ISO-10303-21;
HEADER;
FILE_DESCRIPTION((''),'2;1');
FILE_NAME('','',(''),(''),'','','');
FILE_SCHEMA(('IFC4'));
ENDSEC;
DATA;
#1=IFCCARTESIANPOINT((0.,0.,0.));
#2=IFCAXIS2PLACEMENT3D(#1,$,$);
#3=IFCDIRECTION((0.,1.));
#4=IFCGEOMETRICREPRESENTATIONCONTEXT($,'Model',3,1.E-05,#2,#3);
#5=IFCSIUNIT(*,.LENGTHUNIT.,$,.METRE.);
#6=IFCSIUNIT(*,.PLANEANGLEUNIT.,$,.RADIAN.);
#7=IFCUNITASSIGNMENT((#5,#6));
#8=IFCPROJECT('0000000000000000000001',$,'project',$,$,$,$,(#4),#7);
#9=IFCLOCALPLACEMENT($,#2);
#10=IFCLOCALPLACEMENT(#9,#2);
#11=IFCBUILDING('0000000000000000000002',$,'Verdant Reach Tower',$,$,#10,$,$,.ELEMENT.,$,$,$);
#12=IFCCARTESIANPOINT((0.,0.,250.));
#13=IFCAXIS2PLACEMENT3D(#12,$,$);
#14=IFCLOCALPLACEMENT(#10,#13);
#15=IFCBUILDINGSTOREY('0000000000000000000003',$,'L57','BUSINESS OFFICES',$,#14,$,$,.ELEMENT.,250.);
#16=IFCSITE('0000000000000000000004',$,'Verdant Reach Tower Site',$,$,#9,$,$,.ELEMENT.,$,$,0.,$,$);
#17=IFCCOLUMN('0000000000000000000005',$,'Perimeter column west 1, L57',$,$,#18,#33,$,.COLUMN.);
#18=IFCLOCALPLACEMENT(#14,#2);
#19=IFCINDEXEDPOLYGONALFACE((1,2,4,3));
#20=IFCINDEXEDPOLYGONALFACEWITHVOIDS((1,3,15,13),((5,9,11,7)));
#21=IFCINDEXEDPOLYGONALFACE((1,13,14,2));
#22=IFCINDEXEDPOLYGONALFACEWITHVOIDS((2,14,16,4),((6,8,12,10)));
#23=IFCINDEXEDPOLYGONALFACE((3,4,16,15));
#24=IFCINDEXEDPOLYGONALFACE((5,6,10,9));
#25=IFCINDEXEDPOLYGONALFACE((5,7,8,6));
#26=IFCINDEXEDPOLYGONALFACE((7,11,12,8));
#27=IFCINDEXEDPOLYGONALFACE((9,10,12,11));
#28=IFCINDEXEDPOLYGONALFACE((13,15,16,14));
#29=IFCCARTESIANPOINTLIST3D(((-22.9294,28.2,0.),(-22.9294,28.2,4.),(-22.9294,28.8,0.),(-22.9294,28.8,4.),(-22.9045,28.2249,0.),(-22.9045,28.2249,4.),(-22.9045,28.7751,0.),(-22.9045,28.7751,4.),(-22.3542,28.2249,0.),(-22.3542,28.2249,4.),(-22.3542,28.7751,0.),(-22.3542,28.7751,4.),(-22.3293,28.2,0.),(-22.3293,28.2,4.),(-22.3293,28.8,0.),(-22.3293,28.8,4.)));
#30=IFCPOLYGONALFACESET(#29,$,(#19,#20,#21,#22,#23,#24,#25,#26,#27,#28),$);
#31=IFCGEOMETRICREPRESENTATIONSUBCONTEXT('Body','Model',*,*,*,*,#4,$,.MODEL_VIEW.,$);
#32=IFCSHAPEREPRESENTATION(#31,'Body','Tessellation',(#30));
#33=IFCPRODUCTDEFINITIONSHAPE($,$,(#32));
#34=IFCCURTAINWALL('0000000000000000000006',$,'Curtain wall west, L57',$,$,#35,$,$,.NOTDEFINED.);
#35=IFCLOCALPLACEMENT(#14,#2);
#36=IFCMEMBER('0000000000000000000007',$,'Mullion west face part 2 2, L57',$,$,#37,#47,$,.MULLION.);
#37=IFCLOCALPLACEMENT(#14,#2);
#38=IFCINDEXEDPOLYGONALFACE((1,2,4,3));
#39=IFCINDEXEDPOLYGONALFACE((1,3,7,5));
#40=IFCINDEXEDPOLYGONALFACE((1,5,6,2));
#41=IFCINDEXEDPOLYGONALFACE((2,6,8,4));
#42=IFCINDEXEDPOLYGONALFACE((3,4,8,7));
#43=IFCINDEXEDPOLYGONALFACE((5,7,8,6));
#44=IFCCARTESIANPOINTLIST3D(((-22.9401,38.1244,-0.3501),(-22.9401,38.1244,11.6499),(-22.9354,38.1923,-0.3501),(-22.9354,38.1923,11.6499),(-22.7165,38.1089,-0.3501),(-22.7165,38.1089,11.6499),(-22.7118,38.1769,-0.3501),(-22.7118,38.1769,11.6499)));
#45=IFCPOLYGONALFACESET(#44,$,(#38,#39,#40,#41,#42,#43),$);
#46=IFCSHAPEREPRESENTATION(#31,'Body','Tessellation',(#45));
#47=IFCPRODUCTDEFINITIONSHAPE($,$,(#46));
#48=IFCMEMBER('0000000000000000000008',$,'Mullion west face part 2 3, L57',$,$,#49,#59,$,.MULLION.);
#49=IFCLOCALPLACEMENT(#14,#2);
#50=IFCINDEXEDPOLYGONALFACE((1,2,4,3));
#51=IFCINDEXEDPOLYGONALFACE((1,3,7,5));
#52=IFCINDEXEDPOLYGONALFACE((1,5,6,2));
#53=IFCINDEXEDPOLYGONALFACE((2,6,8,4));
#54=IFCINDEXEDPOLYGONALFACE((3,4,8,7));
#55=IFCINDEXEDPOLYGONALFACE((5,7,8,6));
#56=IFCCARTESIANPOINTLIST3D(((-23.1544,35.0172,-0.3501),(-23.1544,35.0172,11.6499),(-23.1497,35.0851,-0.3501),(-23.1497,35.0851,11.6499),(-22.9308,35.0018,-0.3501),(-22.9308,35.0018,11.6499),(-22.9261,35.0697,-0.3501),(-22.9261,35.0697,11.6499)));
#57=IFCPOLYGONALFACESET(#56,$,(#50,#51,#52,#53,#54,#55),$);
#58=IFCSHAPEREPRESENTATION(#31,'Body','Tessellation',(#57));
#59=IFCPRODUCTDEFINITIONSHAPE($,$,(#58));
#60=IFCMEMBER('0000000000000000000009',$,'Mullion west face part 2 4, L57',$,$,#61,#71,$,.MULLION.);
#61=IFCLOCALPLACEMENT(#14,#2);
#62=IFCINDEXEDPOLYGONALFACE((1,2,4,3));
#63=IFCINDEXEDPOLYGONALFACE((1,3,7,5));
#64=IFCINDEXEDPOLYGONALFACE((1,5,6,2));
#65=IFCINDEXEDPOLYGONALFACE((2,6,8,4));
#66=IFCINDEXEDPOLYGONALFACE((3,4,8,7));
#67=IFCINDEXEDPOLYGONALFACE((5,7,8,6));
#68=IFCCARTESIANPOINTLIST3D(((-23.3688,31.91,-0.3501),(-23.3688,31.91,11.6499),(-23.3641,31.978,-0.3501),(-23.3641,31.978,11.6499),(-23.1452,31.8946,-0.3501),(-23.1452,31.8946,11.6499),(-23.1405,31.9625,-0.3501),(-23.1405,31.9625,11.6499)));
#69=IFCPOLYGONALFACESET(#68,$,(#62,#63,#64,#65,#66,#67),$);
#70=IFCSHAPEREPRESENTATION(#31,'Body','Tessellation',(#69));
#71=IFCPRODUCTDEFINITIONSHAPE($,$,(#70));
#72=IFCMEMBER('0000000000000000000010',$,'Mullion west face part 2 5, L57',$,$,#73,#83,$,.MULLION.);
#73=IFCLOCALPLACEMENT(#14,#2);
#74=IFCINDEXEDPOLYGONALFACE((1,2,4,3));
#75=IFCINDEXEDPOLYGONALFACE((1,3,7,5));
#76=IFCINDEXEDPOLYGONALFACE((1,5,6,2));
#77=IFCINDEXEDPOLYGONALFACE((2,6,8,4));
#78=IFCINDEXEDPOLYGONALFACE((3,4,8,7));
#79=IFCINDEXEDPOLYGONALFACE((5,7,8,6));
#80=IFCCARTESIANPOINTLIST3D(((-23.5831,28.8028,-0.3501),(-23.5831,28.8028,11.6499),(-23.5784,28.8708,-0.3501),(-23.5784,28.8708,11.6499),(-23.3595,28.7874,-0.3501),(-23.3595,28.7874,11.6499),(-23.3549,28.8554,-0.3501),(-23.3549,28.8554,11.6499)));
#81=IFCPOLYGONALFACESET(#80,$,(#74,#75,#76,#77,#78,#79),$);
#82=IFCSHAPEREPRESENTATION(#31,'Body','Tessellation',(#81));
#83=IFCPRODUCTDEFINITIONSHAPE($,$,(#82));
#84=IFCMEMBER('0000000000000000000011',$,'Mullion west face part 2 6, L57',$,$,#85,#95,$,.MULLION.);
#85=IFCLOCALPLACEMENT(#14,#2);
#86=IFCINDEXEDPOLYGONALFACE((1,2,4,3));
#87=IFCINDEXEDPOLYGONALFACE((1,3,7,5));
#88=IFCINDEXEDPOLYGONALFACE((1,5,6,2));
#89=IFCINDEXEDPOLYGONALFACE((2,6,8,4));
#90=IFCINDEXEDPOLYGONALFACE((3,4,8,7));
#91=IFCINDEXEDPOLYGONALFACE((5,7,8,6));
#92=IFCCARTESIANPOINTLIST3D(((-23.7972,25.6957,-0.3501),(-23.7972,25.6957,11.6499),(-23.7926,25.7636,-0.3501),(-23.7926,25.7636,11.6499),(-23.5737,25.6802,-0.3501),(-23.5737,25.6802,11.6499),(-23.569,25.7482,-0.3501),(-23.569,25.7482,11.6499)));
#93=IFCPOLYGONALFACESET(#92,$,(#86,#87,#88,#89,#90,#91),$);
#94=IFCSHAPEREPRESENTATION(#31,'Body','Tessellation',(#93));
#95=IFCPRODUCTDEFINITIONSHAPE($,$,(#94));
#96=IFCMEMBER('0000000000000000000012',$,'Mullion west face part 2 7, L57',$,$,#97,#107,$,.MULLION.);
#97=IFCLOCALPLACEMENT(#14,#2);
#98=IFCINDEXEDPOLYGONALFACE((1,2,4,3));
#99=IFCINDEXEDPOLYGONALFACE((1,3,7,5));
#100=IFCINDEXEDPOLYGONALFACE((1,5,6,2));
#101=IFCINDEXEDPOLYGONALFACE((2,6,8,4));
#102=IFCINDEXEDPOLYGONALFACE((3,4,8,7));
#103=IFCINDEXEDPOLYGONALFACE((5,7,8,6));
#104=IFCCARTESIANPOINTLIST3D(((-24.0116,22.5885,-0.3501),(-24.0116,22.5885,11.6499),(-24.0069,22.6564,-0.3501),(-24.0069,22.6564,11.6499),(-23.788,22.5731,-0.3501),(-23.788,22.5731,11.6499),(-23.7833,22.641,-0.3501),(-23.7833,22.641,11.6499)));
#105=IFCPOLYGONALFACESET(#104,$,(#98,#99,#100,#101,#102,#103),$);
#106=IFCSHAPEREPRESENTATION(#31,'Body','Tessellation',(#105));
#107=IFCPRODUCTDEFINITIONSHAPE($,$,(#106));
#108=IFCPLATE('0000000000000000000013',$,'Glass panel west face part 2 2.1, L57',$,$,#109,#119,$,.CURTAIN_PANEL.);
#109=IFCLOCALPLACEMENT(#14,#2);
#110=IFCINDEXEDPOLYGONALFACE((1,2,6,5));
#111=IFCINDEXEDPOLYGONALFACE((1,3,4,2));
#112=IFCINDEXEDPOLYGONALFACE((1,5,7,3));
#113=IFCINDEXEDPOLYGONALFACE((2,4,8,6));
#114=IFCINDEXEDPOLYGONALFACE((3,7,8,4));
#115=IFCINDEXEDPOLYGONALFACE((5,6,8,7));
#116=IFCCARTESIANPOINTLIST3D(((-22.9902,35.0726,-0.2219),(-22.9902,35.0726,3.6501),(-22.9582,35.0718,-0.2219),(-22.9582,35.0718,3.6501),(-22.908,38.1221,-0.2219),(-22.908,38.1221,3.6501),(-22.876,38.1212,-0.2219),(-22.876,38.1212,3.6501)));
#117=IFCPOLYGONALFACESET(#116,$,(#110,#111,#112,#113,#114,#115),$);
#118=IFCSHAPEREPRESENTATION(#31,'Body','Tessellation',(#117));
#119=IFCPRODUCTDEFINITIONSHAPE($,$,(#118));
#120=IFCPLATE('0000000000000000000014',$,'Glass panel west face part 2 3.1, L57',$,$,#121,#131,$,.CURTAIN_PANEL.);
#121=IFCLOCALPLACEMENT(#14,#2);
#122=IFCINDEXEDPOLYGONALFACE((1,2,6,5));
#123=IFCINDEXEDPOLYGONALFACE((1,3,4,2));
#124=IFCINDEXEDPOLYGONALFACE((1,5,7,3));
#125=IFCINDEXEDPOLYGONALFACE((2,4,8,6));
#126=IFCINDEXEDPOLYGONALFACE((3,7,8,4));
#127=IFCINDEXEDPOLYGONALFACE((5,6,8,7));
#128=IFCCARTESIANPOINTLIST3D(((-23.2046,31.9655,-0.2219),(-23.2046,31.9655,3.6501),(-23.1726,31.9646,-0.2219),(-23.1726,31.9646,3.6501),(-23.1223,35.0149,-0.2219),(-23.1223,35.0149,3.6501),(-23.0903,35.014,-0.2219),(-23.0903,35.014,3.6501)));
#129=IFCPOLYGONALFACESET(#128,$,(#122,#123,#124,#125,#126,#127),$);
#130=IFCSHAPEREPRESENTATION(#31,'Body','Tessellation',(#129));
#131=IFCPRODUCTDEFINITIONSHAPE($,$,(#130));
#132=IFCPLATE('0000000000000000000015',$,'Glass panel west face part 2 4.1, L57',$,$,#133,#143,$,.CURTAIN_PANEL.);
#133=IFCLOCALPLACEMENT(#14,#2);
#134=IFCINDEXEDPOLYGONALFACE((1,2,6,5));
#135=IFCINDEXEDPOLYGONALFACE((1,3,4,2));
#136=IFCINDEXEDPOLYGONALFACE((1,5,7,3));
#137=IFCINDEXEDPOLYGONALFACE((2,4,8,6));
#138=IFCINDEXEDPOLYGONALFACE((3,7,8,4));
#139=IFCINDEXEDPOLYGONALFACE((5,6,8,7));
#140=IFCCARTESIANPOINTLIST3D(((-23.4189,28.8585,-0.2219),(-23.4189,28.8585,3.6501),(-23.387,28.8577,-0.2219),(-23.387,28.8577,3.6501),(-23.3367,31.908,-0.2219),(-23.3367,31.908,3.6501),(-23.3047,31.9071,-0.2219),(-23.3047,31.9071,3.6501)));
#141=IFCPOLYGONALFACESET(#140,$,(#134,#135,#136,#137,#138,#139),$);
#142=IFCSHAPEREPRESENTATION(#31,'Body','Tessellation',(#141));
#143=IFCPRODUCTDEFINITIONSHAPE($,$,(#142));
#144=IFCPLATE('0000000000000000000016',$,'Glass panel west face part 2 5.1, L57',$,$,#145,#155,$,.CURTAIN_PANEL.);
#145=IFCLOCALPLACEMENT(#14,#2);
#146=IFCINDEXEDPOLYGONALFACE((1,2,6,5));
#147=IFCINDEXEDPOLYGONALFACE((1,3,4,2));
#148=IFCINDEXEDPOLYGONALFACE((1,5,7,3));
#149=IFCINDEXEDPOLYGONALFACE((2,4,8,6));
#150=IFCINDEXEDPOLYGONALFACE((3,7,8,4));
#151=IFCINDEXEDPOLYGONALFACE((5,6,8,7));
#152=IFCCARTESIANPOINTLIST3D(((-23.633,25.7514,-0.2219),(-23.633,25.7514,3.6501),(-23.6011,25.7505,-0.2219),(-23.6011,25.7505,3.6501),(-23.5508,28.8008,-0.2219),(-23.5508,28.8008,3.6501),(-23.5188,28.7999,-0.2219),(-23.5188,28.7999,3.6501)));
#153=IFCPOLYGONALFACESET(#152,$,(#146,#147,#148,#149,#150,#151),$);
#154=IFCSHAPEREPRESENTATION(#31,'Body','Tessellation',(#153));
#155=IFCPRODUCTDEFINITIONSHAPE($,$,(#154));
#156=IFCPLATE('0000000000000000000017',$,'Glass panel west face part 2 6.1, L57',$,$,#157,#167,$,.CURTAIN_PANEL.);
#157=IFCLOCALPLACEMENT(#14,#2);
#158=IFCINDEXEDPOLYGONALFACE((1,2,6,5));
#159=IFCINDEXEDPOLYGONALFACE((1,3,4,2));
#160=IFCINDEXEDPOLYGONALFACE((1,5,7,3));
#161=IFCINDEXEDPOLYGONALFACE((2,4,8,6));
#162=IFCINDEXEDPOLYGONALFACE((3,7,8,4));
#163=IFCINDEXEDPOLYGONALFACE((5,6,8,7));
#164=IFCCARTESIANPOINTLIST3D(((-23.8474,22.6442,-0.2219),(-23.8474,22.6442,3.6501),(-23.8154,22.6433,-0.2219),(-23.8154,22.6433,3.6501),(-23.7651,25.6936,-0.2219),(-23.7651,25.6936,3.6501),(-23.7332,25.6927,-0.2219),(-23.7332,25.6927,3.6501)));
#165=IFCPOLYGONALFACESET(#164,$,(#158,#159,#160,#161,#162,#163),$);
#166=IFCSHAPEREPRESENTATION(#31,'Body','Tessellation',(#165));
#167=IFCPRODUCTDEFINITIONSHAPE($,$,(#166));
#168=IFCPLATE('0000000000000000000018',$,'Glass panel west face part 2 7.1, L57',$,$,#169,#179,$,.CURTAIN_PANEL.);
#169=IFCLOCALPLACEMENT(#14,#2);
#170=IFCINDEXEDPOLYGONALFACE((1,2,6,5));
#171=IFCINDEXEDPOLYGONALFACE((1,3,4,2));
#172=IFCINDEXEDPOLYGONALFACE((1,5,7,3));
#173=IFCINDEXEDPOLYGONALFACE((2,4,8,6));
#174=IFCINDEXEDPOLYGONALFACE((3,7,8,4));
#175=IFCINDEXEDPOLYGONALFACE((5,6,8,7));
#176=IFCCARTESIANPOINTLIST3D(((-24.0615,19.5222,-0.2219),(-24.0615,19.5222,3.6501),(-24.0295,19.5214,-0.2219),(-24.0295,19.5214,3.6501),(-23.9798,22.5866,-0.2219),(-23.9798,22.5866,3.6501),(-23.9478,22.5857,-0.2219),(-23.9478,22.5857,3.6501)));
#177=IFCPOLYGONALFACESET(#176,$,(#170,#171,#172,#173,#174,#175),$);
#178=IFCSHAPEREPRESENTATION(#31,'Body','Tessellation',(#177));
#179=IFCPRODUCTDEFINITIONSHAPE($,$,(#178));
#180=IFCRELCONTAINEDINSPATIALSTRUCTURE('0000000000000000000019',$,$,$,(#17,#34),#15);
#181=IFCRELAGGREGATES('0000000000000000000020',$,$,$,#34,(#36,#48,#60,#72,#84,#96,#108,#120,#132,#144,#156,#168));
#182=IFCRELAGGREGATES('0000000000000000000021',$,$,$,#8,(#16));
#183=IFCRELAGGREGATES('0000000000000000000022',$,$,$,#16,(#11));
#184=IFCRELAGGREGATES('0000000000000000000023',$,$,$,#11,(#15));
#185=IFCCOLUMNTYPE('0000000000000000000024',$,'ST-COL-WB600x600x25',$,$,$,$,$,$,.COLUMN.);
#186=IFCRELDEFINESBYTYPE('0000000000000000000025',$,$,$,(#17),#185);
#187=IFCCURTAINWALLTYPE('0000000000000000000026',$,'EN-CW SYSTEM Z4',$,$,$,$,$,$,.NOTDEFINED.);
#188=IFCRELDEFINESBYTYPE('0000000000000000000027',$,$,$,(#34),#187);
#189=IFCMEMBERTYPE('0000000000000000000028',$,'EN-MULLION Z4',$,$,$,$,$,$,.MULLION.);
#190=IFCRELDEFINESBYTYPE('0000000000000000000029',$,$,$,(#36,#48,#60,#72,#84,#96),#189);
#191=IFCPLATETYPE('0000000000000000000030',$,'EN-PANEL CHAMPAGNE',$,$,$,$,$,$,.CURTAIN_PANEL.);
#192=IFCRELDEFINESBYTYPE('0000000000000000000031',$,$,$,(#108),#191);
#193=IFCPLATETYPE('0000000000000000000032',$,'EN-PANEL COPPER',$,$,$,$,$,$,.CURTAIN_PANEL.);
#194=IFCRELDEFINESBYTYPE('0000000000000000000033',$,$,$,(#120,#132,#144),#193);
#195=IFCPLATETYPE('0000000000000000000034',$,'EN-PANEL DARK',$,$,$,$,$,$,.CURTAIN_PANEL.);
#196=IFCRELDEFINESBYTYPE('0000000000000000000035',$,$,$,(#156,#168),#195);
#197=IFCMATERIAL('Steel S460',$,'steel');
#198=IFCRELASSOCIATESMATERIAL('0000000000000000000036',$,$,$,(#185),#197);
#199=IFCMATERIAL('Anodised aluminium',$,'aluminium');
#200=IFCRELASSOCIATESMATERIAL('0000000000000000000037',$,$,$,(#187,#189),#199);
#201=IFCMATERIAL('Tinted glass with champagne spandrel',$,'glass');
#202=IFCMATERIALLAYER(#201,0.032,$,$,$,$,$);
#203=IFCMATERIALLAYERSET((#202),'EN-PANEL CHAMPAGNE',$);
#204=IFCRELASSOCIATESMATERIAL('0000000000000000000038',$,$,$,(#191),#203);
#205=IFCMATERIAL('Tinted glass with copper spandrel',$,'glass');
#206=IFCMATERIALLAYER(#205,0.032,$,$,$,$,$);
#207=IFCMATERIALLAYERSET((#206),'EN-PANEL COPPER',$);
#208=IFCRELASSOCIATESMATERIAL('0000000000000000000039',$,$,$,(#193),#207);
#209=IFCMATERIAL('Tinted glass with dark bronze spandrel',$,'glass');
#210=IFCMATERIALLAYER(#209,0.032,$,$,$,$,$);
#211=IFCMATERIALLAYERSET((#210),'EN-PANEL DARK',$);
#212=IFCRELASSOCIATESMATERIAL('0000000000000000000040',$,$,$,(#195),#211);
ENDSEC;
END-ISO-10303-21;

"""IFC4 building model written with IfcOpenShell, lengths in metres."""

from ifc_helpers import new_model, si_unit, direction, frame, origin, origin_2d, place, context, subcontext, project, spatial, rectangle, hollow_rectangle, extrude, material, layer, layer_set, material_profile, profile_set, type_object, element, aggregate, save


model = new_model("IFC4")

# Units and contexts
model_context = context("Model", 3, precision=1e-05, world=origin(), true_north=direction((0.0, 1.0)))
body_context = subcontext(model_context, "Body", "Model", "MODEL_VIEW")
ifc_project = project(units=[si_unit("LENGTHUNIT", "METRE"), si_unit("PLANEANGLEUNIT", "RADIAN")], contexts=[model_context])

# Site, building, storey
site_placement = place(None, origin())
site = spatial("IfcSite", under=ifc_project, at=site_placement, Name="Verdant Reach Tower Site", CompositionType="ELEMENT", RefElevation=0.0)
building_placement = place(site_placement, origin())
building = spatial("IfcBuilding", under=site, at=building_placement, Name="Verdant Reach Tower", CompositionType="ELEMENT")
storey_placement = place(building_placement, frame((0.0, 0.0, 250.0)))
storey = spatial("IfcBuildingStorey", under=building, at=storey_placement, Name="L57", Description="BUSINESS OFFICES", CompositionType="ELEMENT", Elevation=250.0)

# Column
ifc_material_1 = material(Name="Steel S460", Category="steel")
ifc_material_profile_1 = material_profile(ifc_material_1, hollow_rectangle(XDim=0.6001, YDim=0.6001, WallThickness=0.0249, at=origin_2d()), Name="WB 600x600x25")
ifc_profile_set_1 = profile_set([ifc_material_profile_1], Name="Steel S460")
column_type = type_object("IfcColumnType", Name="ST-COL-WB600x600x25", PredefinedType="COLUMN", material=ifc_profile_set_1)
column_placement = place(storey_placement, frame((-22.6294, 28.5, 0.0), z_axis=(0.0, 0.0, 1.0), x_axis=(1.0, 0.0, 0.0)))
element("IfcColumn", 1, at=column_placement, inside=storey, type_object=column_type, Name="Perimeter column west 1, L57", PredefinedType="COLUMN", context=body_context, shape_type="SweptSolid", body=[
    extrude(hollow_rectangle(XDim=0.6001, YDim=0.6001, WallThickness=0.0249, at=origin_2d()), origin(), (0.0, 0.0, 1.0), 4.0),
])

# Curtain wall, members, plates
ifc_material_2 = material(Name="Anodised aluminium", Category="aluminium")
curtain_wall_type = type_object("IfcCurtainWallType", Name="EN-CW SYSTEM Z4", PredefinedType="NOTDEFINED", material=ifc_material_2)
curtain_wall_placement = place(storey_placement, origin())
curtain_wall = element("IfcCurtainWall", 2, at=curtain_wall_placement, inside=storey, type_object=curtain_wall_type, Name="Curtain wall west, L57", PredefinedType="NOTDEFINED")
ifc_material_profile_2 = material_profile(ifc_material_2, rectangle(XDim=0.2241, YDim=0.0681, at=origin_2d()), Name="Mullion 68x224")
ifc_profile_set_2 = profile_set([ifc_material_profile_2], Name="Anodised aluminium")
member_type = type_object("IfcMemberType", Name="EN-MULLION Z4", PredefinedType="MULLION", material=ifc_profile_set_2)
member_1_placement = place(storey_placement, frame((-22.8259, 38.1506, -0.3501), z_axis=(0.0, 0.0, 1.0), x_axis=(-0.99763, 0.068802, 0.0)))
member_1 = element("IfcMember", 3, at=member_1_placement, type_object=member_type, Name="Mullion west face part 2 2, L57", PredefinedType="MULLION", context=body_context, shape_type="SweptSolid", body=[
    extrude(rectangle(XDim=0.2241, YDim=0.0681, at=origin_2d()), origin(), (0.0, 0.0, 1.0), 12.0),
])
member_2_placement = place(storey_placement, frame((-23.0403, 35.0435, -0.3501), z_axis=(0.0, 0.0, 1.0), x_axis=(-0.99763, 0.068802, 0.0)))
member_2 = element("IfcMember", 4, at=member_2_placement, type_object=member_type, Name="Mullion west face part 2 3, L57", PredefinedType="MULLION", context=body_context, shape_type="SweptSolid", body=[
    extrude(rectangle(XDim=0.2241, YDim=0.0681, at=origin_2d()), origin(), (0.0, 0.0, 1.0), 12.0),
])
member_3_placement = place(storey_placement, frame((-23.2546, 31.9363, -0.3501), z_axis=(0.0, 0.0, 1.0), x_axis=(-0.99763, 0.068802, 0.0)))
member_3 = element("IfcMember", 5, at=member_3_placement, type_object=member_type, Name="Mullion west face part 2 4, L57", PredefinedType="MULLION", context=body_context, shape_type="SweptSolid", body=[
    extrude(rectangle(XDim=0.2241, YDim=0.0681, at=origin_2d()), origin(), (0.0, 0.0, 1.0), 12.0),
])
member_4_placement = place(storey_placement, frame((-23.469, 28.8291, -0.3501), z_axis=(0.0, 0.0, 1.0), x_axis=(-0.99763, 0.068802, 0.0)))
member_4 = element("IfcMember", 6, at=member_4_placement, type_object=member_type, Name="Mullion west face part 2 5, L57", PredefinedType="MULLION", context=body_context, shape_type="SweptSolid", body=[
    extrude(rectangle(XDim=0.2241, YDim=0.0681, at=origin_2d()), origin(), (0.0, 0.0, 1.0), 12.0),
])
member_5_placement = place(storey_placement, frame((-23.6831, 25.7219, -0.3501), z_axis=(0.0, 0.0, 1.0), x_axis=(-0.99763, 0.068802, 0.0)))
member_5 = element("IfcMember", 7, at=member_5_placement, type_object=member_type, Name="Mullion west face part 2 6, L57", PredefinedType="MULLION", context=body_context, shape_type="SweptSolid", body=[
    extrude(rectangle(XDim=0.2241, YDim=0.0681, at=origin_2d()), origin(), (0.0, 0.0, 1.0), 12.0),
])
member_6_placement = place(storey_placement, frame((-23.8975, 22.6147, -0.3501), z_axis=(0.0, 0.0, 1.0), x_axis=(-0.99763, 0.068802, 0.0)))
member_6 = element("IfcMember", 8, at=member_6_placement, type_object=member_type, Name="Mullion west face part 2 7, L57", PredefinedType="MULLION", context=body_context, shape_type="SweptSolid", body=[
    extrude(rectangle(XDim=0.2241, YDim=0.0681, at=origin_2d()), origin(), (0.0, 0.0, 1.0), 12.0),
])
ifc_material_3 = material(Name="Tinted glass with champagne spandrel", Category="glass")
ifc_layer_1 = layer(ifc_material_3, 0.032)
ifc_layer_set_1 = layer_set([ifc_layer_1], Name="EN-PANEL CHAMPAGNE")
plate_type_1 = type_object("IfcPlateType", Name="EN-PANEL CHAMPAGNE", PredefinedType="CURTAIN_PANEL", material=ifc_layer_set_1)
plate_1_placement = place(storey_placement, frame((-22.9331, 36.5969, -0.2219), z_axis=(0.0, 0.0, 1.0), x_axis=(-0.026965, -0.999636, 0.0)))
plate_1 = element("IfcPlate", 9, at=plate_1_placement, type_object=plate_type_1, Name="Glass panel west face part 2 2.1, L57", PredefinedType="CURTAIN_PANEL", context=body_context, shape_type="SweptSolid", body=[
    extrude(rectangle(XDim=3.0505, YDim=0.032, at=origin_2d()), origin(), (0.0, 0.0, 1.0), 3.8721),
])
ifc_material_4 = material(Name="Tinted glass with copper spandrel", Category="glass")
ifc_layer_2 = layer(ifc_material_4, 0.032)
ifc_layer_set_2 = layer_set([ifc_layer_2], Name="EN-PANEL COPPER")
plate_type_2 = type_object("IfcPlateType", Name="EN-PANEL COPPER", PredefinedType="CURTAIN_PANEL", material=ifc_layer_set_2)
plate_2_placement = place(storey_placement, frame((-23.1475, 33.4897, -0.2219), z_axis=(0.0, 0.0, 1.0), x_axis=(-0.026965, -0.999636, 0.0)))
plate_2 = element("IfcPlate", 10, at=plate_2_placement, type_object=plate_type_2, Name="Glass panel west face part 2 3.1, L57", PredefinedType="CURTAIN_PANEL", context=body_context, shape_type="SweptSolid", body=[
    extrude(rectangle(XDim=3.0505, YDim=0.032, at=origin_2d()), origin(), (0.0, 0.0, 1.0), 3.8721),
])
plate_3_placement = place(storey_placement, frame((-23.3618, 30.3828, -0.2219), z_axis=(0.0, 0.0, 1.0), x_axis=(-0.026965, -0.999636, 0.0)))
plate_3 = element("IfcPlate", 11, at=plate_3_placement, type_object=plate_type_2, Name="Glass panel west face part 2 4.1, L57", PredefinedType="CURTAIN_PANEL", context=body_context, shape_type="SweptSolid", body=[
    extrude(rectangle(XDim=3.0505, YDim=0.032, at=origin_2d()), origin(), (0.0, 0.0, 1.0), 3.8721),
])
plate_4_placement = place(storey_placement, frame((-23.5759, 27.2756, -0.2219), z_axis=(0.0, 0.0, 1.0), x_axis=(-0.026965, -0.999636, 0.0)))
plate_4 = element("IfcPlate", 12, at=plate_4_placement, type_object=plate_type_2, Name="Glass panel west face part 2 5.1, L57", PredefinedType="CURTAIN_PANEL", context=body_context, shape_type="SweptSolid", body=[
    extrude(rectangle(XDim=3.0505, YDim=0.032, at=origin_2d()), origin(), (0.0, 0.0, 1.0), 3.8721),
])
ifc_material_5 = material(Name="Tinted glass with dark bronze spandrel", Category="glass")
ifc_layer_3 = layer(ifc_material_5, 0.032)
ifc_layer_set_3 = layer_set([ifc_layer_3], Name="EN-PANEL DARK")
plate_type_3 = type_object("IfcPlateType", Name="EN-PANEL DARK", PredefinedType="CURTAIN_PANEL", material=ifc_layer_set_3)
plate_5_placement = place(storey_placement, frame((-23.7903, 24.1685, -0.2219), z_axis=(0.0, 0.0, 1.0), x_axis=(-0.026965, -0.999636, 0.0)))
plate_5 = element("IfcPlate", 13, at=plate_5_placement, type_object=plate_type_3, Name="Glass panel west face part 2 6.1, L57", PredefinedType="CURTAIN_PANEL", context=body_context, shape_type="SweptSolid", body=[
    extrude(rectangle(XDim=3.0505, YDim=0.032, at=origin_2d()), origin(), (0.0, 0.0, 1.0), 3.8721),
])
plate_6_placement = place(storey_placement, frame((-24.0046, 21.054, -0.2219), z_axis=(0.0, 0.0, 1.0), x_axis=(-0.026651, -0.999645, 0.0)))
plate_6 = element("IfcPlate", 14, at=plate_6_placement, type_object=plate_type_3, Name="Glass panel west face part 2 7.1, L57", PredefinedType="CURTAIN_PANEL", context=body_context, shape_type="SweptSolid", body=[
    extrude(rectangle(XDim=3.0654, YDim=0.032, at=origin_2d()), origin(), (0.0, 0.0, 1.0), 3.8721),
])
aggregate(curtain_wall, [member_1, member_2, member_3, member_4, member_5, member_6, plate_1, plate_2, plate_3, plate_4, plate_5, plate_6])

save(model, "model.ifc")
